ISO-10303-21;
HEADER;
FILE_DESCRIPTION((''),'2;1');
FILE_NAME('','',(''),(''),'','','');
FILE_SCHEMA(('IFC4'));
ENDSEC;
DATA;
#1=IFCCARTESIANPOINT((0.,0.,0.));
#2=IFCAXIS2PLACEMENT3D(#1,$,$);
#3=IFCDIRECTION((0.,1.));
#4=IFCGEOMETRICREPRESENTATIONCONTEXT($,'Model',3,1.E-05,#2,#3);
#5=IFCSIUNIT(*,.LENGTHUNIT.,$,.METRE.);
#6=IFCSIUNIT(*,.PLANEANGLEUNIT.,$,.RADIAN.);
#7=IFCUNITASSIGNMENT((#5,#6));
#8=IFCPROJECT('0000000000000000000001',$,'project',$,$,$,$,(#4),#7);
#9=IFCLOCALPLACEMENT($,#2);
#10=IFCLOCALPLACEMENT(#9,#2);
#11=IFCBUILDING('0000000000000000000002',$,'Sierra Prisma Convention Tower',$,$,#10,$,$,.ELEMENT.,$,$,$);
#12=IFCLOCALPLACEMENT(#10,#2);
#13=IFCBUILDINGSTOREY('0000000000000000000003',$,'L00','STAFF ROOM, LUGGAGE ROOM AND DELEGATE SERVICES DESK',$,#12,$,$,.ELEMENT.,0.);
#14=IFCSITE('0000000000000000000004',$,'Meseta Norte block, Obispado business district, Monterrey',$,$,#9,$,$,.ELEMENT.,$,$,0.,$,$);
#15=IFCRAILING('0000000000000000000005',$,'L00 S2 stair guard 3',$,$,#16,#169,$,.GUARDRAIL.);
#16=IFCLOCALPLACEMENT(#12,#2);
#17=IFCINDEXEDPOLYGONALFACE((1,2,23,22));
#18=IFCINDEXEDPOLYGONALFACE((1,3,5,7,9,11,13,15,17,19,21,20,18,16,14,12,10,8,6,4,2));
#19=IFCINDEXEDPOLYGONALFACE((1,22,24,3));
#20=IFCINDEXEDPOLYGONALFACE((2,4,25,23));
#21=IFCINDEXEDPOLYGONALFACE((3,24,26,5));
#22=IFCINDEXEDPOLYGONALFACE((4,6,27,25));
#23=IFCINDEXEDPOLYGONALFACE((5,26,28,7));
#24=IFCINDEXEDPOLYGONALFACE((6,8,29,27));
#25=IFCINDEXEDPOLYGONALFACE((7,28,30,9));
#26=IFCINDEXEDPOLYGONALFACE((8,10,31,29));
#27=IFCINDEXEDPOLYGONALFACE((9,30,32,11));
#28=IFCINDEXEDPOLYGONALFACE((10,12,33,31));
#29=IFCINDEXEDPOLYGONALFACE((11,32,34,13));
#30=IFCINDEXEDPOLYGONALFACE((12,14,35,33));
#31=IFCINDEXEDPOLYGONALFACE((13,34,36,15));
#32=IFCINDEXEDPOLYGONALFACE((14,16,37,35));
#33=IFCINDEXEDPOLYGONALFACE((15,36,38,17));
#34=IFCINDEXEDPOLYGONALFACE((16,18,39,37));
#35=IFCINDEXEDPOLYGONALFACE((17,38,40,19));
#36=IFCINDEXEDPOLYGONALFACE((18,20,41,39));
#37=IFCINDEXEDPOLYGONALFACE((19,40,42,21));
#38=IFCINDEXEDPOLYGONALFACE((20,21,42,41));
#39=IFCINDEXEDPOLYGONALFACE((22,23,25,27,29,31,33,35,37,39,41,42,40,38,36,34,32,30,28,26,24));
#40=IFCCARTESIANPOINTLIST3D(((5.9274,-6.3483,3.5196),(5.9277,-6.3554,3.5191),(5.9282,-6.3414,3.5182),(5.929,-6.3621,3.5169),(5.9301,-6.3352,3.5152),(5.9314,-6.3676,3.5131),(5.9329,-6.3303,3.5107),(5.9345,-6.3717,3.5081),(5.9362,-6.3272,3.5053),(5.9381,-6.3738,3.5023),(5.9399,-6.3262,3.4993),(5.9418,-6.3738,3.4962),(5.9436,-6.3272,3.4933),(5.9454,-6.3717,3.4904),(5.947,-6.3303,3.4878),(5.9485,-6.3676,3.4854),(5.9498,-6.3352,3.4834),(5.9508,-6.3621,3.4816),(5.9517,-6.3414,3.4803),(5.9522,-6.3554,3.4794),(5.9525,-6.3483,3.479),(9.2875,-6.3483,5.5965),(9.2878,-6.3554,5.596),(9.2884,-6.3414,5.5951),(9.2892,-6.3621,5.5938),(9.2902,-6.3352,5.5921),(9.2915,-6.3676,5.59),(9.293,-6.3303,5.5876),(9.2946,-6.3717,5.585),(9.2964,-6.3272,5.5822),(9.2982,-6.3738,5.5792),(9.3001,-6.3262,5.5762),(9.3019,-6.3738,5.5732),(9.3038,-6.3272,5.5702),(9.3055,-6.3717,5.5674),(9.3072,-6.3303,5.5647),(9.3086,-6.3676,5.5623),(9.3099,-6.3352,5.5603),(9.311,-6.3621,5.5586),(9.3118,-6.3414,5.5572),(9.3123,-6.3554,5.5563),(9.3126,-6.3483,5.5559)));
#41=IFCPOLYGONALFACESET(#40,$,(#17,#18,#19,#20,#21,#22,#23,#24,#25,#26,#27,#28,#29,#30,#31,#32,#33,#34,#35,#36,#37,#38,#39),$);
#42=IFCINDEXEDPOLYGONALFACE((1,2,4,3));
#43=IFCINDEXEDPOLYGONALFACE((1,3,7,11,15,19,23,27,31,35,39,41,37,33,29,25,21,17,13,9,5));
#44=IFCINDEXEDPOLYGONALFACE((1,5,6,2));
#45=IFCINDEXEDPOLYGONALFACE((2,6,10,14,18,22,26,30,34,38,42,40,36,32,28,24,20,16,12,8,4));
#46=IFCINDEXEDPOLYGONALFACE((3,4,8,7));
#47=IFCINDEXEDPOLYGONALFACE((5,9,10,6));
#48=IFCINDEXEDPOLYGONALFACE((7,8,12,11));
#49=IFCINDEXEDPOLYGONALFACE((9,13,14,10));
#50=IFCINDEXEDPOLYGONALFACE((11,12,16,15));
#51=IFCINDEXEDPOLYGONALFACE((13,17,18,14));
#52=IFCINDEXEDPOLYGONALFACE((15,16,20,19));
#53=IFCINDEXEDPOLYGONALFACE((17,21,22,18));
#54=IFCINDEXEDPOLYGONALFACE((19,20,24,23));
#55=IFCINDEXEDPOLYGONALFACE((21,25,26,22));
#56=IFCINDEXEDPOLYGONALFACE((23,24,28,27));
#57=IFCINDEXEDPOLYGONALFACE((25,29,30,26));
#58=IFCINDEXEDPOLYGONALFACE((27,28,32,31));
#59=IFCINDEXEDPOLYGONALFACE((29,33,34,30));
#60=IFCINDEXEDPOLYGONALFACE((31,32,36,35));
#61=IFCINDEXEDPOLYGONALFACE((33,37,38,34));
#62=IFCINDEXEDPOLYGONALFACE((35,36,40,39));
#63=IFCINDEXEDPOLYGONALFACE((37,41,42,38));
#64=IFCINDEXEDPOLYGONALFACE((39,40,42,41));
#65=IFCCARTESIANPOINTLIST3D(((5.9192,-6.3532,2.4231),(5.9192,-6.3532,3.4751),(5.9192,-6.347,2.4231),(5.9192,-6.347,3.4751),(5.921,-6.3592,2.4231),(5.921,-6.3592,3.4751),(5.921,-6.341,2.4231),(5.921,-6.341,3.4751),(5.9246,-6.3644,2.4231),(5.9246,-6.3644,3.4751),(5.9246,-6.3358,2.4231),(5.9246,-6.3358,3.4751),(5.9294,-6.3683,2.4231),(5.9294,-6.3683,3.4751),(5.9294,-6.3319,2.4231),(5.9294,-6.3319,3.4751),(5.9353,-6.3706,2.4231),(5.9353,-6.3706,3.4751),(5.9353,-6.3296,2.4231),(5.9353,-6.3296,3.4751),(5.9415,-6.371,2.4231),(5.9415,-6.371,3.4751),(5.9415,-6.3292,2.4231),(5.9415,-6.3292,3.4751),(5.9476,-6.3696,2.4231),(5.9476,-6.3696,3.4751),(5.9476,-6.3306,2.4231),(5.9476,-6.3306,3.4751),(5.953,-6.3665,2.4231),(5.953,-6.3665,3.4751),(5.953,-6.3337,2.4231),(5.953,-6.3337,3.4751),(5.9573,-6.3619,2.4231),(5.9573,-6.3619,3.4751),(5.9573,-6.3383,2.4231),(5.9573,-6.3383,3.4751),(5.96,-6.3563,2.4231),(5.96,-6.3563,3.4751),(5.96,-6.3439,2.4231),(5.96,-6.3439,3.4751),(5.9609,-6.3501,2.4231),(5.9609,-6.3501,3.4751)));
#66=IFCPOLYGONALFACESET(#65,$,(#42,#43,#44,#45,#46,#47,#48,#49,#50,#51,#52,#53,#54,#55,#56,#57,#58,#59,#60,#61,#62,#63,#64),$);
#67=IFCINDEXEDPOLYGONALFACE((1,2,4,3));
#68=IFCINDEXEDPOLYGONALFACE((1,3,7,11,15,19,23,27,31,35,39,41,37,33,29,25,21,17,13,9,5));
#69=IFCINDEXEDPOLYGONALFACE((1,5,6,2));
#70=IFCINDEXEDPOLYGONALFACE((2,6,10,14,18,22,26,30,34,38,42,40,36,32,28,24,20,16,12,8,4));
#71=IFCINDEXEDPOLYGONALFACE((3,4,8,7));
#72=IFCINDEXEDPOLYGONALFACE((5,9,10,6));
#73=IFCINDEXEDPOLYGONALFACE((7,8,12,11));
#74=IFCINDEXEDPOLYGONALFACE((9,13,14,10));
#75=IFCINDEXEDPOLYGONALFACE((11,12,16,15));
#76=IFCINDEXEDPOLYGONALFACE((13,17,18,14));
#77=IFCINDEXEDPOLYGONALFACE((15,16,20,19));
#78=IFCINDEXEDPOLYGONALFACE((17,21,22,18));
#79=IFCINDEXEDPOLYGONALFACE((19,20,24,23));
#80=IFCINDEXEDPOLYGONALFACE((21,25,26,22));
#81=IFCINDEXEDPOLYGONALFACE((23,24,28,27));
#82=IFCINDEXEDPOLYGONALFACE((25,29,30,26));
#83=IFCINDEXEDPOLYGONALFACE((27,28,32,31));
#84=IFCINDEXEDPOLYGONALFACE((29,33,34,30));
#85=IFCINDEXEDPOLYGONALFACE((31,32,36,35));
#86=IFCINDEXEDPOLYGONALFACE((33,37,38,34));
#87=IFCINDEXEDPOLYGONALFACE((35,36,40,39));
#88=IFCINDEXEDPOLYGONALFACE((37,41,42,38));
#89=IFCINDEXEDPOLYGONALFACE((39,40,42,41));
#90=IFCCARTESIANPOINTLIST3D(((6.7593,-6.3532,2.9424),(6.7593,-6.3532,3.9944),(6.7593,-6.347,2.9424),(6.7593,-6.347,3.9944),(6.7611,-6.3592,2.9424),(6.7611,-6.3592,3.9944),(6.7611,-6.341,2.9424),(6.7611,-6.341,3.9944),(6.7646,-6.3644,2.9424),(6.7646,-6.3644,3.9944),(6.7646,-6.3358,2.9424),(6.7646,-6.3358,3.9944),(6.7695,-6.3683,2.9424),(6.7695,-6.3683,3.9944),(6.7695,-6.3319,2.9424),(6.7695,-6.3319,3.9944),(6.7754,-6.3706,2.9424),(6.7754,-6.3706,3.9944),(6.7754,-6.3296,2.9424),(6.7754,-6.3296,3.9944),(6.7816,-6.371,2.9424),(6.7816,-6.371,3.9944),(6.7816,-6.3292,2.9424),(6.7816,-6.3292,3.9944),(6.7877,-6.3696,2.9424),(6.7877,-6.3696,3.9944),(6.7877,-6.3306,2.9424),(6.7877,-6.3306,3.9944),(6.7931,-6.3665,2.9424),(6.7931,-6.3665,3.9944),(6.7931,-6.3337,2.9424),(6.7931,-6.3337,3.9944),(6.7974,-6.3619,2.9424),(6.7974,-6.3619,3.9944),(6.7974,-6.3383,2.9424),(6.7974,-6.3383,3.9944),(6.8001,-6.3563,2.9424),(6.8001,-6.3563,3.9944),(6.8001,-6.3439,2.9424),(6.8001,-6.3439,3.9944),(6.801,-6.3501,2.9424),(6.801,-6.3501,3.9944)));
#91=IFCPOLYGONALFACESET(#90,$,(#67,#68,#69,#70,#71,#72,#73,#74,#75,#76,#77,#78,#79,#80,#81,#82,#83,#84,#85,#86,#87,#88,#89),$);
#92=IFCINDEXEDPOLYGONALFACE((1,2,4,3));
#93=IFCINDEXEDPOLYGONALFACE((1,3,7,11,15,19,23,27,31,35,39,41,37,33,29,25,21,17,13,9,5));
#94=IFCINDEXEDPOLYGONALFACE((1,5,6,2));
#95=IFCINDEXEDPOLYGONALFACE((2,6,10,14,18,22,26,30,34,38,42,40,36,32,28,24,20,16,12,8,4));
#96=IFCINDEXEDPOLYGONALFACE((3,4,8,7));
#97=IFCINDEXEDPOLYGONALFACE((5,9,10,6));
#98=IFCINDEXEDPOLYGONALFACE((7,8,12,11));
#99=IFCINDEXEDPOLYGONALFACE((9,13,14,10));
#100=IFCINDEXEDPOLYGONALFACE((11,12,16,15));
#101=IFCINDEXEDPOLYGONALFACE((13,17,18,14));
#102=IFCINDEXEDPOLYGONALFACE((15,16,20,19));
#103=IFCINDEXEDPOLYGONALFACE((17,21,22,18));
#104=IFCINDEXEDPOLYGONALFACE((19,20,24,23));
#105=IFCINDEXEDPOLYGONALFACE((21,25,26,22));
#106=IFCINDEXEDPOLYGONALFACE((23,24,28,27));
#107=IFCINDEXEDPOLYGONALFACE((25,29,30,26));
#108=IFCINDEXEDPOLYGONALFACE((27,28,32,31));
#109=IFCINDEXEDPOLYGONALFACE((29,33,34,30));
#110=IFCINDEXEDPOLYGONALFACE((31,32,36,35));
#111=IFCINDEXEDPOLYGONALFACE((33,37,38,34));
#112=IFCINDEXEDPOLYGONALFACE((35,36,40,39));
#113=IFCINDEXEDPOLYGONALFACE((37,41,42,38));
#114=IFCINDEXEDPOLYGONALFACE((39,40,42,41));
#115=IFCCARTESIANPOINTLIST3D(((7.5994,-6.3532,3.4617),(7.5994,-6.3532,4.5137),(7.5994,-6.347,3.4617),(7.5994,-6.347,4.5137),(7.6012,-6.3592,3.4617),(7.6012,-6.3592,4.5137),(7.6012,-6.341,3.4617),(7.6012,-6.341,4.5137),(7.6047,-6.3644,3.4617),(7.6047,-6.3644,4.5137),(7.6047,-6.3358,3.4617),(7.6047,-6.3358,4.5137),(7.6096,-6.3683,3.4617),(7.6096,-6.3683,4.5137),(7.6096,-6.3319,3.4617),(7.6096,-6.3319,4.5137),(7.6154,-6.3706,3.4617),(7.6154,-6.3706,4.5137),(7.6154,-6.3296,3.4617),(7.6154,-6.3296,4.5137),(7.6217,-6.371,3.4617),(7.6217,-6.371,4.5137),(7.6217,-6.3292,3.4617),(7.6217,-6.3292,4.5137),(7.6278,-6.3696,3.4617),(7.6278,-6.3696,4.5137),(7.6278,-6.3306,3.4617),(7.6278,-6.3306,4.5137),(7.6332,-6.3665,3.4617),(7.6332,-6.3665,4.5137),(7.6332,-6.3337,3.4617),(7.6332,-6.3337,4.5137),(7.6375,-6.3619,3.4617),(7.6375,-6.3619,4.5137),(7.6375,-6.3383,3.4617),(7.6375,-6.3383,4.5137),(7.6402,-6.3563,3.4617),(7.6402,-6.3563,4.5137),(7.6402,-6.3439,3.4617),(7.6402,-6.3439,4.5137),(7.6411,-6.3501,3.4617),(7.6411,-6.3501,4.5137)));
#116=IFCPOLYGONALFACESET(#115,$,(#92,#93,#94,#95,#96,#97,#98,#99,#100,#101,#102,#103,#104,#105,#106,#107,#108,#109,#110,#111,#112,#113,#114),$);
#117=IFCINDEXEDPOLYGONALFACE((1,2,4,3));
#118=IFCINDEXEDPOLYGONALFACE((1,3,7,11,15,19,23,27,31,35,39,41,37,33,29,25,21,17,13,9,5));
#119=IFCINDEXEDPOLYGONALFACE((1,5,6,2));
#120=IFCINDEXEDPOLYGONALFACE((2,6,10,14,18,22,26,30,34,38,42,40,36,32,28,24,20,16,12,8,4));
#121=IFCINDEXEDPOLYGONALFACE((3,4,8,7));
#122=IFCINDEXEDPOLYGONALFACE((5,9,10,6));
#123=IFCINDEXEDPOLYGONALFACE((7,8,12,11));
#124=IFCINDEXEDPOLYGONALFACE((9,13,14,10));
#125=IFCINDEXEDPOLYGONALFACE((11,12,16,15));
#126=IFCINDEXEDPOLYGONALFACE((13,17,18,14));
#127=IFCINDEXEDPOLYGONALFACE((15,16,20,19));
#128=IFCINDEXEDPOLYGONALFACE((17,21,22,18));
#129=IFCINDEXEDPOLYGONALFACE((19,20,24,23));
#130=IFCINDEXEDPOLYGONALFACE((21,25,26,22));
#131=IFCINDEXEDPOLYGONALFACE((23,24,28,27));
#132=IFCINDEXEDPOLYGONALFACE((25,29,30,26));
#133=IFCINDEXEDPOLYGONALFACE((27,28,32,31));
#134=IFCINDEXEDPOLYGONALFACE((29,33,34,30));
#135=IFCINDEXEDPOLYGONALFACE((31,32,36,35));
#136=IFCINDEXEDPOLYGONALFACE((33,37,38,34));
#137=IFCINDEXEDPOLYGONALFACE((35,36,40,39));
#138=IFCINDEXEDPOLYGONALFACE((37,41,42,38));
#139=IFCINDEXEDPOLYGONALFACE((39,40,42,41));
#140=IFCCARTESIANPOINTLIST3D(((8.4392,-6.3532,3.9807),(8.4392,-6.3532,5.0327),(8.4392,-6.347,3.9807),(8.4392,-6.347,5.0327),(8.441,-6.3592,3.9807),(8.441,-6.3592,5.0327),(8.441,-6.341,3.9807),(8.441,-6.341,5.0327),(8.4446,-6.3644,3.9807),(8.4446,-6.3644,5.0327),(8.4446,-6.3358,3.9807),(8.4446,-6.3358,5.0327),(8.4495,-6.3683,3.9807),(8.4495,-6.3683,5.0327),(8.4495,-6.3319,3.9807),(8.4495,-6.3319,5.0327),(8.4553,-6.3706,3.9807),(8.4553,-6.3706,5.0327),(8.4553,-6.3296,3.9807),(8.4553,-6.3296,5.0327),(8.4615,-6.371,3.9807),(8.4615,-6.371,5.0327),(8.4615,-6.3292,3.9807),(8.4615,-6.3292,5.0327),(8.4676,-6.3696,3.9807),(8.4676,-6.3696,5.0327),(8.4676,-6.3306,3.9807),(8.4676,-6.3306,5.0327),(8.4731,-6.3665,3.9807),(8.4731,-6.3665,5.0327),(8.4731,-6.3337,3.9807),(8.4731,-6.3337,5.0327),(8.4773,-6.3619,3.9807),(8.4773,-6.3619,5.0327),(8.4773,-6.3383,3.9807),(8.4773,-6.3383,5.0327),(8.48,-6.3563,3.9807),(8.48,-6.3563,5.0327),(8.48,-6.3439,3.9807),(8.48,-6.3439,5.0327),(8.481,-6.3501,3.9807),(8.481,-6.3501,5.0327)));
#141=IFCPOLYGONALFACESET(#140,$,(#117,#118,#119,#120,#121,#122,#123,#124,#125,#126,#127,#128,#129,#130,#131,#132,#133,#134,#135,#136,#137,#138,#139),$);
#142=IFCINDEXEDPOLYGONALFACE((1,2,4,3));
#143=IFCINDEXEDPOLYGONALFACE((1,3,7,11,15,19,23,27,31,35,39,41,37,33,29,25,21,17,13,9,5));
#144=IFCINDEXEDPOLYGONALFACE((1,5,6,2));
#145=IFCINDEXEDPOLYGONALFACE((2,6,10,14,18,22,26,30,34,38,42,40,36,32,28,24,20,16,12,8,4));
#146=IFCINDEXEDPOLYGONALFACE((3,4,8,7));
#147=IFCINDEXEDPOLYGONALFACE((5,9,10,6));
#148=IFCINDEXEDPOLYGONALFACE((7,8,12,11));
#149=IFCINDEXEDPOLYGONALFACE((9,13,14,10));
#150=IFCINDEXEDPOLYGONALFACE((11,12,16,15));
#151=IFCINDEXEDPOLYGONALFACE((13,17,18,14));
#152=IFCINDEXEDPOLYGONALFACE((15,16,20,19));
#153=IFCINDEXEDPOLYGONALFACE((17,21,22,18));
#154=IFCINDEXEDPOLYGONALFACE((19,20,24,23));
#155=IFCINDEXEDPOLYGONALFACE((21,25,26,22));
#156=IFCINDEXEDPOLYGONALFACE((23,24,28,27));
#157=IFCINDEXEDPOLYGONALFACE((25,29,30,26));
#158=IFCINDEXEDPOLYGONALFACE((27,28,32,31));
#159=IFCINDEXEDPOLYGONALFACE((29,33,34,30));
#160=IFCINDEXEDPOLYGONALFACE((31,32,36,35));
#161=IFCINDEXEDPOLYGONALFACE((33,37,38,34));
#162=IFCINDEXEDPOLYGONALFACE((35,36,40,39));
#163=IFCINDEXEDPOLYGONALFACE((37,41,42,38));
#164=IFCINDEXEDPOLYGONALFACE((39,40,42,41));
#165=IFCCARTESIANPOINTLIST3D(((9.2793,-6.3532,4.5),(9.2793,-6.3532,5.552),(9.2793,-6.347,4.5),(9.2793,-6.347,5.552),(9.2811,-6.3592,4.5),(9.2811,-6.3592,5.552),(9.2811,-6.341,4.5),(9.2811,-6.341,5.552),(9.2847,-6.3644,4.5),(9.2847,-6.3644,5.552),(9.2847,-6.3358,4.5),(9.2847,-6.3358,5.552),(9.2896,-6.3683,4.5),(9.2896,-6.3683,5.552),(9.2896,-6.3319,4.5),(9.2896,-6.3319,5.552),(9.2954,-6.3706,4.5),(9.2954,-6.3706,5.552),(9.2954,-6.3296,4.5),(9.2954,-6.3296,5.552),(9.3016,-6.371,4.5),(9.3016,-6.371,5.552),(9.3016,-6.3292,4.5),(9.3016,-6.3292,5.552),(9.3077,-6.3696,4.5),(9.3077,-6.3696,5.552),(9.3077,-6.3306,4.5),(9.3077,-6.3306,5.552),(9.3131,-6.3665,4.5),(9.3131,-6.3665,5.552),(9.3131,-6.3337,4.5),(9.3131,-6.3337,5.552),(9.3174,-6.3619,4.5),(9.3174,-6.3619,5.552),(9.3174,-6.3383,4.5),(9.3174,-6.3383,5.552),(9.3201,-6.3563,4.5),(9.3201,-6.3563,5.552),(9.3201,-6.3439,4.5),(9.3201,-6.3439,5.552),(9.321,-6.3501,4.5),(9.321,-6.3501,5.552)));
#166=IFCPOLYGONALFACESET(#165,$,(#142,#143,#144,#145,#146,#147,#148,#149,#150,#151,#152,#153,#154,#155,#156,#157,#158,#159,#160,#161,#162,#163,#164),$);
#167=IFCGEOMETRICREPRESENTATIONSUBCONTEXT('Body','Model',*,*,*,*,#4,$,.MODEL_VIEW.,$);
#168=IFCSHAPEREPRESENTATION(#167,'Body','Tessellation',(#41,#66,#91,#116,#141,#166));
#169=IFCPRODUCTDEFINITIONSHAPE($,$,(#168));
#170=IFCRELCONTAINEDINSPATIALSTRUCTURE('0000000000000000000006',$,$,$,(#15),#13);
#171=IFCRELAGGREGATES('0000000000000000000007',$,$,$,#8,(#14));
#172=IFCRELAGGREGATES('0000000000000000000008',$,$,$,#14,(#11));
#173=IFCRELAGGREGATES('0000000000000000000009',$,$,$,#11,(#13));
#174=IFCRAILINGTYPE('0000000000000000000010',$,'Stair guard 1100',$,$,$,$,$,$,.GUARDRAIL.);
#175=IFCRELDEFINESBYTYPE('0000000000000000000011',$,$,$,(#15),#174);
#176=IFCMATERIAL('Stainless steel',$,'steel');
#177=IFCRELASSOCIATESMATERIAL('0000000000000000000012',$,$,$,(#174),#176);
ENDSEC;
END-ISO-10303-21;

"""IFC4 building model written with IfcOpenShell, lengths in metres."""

from ifc_helpers import new_model, si_unit, direction, frame, origin, origin_2d, place, context, subcontext, project, spatial, circle, extrude, material, type_object, element, save


model = new_model("IFC4")

# Units and contexts
model_context = context("Model", 3, precision=1e-05, world=origin(), true_north=direction((0.0, 1.0)))
body_context = subcontext(model_context, "Body", "Model", "MODEL_VIEW")
ifc_project = project(units=[si_unit("LENGTHUNIT", "METRE"), si_unit("PLANEANGLEUNIT", "RADIAN")], contexts=[model_context])

# Site, building, storey
site_placement = place(None, origin())
site = spatial("IfcSite", under=ifc_project, at=site_placement, Name="Meseta Norte block, Obispado business district, Monterrey", CompositionType="ELEMENT", RefElevation=0.0)
building_placement = place(site_placement, origin())
building = spatial("IfcBuilding", under=site, at=building_placement, Name="Sierra Prisma Convention Tower", CompositionType="ELEMENT")
storey_placement = place(building_placement, origin())
storey = spatial("IfcBuildingStorey", under=building, at=storey_placement, Name="L00", Description="STAFF ROOM, LUGGAGE ROOM AND DELEGATE SERVICES DESK", CompositionType="ELEMENT", Elevation=0.0)

# Railing
ifc_material_1 = material(Name="Stainless steel", Category="steel")
railing_type_1 = type_object("IfcRailingType", Name="Stair guard 1100", PredefinedType="GUARDRAIL", material=ifc_material_1)
railing_1_placement = place(storey_placement, frame((5.9399, -6.3501, 2.4231)))
element("IfcRailing", 1, at=railing_1_placement, inside=storey, type_object=railing_type_1, Name="L00 S2 stair guard 3", PredefinedType="GUARDRAIL", context=body_context, shape_type="SweptSolid", body=[
    extrude(circle(Radius=0.0239, at=origin_2d()), frame((0.0, 0.0, 1.0762), z_axis=(0.850623, 0.0, 0.525776), x_axis=(0.0, 1.0, 0.0)), (0.0, 0.0, 1.0), 3.9502),
    extrude(circle(Radius=0.021, at=origin_2d()), origin(), (0.0, 0.0, 1.0), 1.052),
    extrude(circle(Radius=0.021, at=origin_2d()), frame((0.8401, 0.0, 0.5193)), (0.0, 0.0, 1.0), 1.052),
    extrude(circle(Radius=0.021, at=origin_2d()), frame((1.6802, 0.0, 1.0386)), (0.0, 0.0, 1.0), 1.052),
    extrude(circle(Radius=0.021, at=origin_2d()), frame((2.52, 0.0, 1.5576)), (0.0, 0.0, 1.0), 1.052),
    extrude(circle(Radius=0.021, at=origin_2d()), frame((3.3601, 0.0, 2.0769)), (0.0, 0.0, 1.0), 1.052),
])

save(model, "model.ifc")
